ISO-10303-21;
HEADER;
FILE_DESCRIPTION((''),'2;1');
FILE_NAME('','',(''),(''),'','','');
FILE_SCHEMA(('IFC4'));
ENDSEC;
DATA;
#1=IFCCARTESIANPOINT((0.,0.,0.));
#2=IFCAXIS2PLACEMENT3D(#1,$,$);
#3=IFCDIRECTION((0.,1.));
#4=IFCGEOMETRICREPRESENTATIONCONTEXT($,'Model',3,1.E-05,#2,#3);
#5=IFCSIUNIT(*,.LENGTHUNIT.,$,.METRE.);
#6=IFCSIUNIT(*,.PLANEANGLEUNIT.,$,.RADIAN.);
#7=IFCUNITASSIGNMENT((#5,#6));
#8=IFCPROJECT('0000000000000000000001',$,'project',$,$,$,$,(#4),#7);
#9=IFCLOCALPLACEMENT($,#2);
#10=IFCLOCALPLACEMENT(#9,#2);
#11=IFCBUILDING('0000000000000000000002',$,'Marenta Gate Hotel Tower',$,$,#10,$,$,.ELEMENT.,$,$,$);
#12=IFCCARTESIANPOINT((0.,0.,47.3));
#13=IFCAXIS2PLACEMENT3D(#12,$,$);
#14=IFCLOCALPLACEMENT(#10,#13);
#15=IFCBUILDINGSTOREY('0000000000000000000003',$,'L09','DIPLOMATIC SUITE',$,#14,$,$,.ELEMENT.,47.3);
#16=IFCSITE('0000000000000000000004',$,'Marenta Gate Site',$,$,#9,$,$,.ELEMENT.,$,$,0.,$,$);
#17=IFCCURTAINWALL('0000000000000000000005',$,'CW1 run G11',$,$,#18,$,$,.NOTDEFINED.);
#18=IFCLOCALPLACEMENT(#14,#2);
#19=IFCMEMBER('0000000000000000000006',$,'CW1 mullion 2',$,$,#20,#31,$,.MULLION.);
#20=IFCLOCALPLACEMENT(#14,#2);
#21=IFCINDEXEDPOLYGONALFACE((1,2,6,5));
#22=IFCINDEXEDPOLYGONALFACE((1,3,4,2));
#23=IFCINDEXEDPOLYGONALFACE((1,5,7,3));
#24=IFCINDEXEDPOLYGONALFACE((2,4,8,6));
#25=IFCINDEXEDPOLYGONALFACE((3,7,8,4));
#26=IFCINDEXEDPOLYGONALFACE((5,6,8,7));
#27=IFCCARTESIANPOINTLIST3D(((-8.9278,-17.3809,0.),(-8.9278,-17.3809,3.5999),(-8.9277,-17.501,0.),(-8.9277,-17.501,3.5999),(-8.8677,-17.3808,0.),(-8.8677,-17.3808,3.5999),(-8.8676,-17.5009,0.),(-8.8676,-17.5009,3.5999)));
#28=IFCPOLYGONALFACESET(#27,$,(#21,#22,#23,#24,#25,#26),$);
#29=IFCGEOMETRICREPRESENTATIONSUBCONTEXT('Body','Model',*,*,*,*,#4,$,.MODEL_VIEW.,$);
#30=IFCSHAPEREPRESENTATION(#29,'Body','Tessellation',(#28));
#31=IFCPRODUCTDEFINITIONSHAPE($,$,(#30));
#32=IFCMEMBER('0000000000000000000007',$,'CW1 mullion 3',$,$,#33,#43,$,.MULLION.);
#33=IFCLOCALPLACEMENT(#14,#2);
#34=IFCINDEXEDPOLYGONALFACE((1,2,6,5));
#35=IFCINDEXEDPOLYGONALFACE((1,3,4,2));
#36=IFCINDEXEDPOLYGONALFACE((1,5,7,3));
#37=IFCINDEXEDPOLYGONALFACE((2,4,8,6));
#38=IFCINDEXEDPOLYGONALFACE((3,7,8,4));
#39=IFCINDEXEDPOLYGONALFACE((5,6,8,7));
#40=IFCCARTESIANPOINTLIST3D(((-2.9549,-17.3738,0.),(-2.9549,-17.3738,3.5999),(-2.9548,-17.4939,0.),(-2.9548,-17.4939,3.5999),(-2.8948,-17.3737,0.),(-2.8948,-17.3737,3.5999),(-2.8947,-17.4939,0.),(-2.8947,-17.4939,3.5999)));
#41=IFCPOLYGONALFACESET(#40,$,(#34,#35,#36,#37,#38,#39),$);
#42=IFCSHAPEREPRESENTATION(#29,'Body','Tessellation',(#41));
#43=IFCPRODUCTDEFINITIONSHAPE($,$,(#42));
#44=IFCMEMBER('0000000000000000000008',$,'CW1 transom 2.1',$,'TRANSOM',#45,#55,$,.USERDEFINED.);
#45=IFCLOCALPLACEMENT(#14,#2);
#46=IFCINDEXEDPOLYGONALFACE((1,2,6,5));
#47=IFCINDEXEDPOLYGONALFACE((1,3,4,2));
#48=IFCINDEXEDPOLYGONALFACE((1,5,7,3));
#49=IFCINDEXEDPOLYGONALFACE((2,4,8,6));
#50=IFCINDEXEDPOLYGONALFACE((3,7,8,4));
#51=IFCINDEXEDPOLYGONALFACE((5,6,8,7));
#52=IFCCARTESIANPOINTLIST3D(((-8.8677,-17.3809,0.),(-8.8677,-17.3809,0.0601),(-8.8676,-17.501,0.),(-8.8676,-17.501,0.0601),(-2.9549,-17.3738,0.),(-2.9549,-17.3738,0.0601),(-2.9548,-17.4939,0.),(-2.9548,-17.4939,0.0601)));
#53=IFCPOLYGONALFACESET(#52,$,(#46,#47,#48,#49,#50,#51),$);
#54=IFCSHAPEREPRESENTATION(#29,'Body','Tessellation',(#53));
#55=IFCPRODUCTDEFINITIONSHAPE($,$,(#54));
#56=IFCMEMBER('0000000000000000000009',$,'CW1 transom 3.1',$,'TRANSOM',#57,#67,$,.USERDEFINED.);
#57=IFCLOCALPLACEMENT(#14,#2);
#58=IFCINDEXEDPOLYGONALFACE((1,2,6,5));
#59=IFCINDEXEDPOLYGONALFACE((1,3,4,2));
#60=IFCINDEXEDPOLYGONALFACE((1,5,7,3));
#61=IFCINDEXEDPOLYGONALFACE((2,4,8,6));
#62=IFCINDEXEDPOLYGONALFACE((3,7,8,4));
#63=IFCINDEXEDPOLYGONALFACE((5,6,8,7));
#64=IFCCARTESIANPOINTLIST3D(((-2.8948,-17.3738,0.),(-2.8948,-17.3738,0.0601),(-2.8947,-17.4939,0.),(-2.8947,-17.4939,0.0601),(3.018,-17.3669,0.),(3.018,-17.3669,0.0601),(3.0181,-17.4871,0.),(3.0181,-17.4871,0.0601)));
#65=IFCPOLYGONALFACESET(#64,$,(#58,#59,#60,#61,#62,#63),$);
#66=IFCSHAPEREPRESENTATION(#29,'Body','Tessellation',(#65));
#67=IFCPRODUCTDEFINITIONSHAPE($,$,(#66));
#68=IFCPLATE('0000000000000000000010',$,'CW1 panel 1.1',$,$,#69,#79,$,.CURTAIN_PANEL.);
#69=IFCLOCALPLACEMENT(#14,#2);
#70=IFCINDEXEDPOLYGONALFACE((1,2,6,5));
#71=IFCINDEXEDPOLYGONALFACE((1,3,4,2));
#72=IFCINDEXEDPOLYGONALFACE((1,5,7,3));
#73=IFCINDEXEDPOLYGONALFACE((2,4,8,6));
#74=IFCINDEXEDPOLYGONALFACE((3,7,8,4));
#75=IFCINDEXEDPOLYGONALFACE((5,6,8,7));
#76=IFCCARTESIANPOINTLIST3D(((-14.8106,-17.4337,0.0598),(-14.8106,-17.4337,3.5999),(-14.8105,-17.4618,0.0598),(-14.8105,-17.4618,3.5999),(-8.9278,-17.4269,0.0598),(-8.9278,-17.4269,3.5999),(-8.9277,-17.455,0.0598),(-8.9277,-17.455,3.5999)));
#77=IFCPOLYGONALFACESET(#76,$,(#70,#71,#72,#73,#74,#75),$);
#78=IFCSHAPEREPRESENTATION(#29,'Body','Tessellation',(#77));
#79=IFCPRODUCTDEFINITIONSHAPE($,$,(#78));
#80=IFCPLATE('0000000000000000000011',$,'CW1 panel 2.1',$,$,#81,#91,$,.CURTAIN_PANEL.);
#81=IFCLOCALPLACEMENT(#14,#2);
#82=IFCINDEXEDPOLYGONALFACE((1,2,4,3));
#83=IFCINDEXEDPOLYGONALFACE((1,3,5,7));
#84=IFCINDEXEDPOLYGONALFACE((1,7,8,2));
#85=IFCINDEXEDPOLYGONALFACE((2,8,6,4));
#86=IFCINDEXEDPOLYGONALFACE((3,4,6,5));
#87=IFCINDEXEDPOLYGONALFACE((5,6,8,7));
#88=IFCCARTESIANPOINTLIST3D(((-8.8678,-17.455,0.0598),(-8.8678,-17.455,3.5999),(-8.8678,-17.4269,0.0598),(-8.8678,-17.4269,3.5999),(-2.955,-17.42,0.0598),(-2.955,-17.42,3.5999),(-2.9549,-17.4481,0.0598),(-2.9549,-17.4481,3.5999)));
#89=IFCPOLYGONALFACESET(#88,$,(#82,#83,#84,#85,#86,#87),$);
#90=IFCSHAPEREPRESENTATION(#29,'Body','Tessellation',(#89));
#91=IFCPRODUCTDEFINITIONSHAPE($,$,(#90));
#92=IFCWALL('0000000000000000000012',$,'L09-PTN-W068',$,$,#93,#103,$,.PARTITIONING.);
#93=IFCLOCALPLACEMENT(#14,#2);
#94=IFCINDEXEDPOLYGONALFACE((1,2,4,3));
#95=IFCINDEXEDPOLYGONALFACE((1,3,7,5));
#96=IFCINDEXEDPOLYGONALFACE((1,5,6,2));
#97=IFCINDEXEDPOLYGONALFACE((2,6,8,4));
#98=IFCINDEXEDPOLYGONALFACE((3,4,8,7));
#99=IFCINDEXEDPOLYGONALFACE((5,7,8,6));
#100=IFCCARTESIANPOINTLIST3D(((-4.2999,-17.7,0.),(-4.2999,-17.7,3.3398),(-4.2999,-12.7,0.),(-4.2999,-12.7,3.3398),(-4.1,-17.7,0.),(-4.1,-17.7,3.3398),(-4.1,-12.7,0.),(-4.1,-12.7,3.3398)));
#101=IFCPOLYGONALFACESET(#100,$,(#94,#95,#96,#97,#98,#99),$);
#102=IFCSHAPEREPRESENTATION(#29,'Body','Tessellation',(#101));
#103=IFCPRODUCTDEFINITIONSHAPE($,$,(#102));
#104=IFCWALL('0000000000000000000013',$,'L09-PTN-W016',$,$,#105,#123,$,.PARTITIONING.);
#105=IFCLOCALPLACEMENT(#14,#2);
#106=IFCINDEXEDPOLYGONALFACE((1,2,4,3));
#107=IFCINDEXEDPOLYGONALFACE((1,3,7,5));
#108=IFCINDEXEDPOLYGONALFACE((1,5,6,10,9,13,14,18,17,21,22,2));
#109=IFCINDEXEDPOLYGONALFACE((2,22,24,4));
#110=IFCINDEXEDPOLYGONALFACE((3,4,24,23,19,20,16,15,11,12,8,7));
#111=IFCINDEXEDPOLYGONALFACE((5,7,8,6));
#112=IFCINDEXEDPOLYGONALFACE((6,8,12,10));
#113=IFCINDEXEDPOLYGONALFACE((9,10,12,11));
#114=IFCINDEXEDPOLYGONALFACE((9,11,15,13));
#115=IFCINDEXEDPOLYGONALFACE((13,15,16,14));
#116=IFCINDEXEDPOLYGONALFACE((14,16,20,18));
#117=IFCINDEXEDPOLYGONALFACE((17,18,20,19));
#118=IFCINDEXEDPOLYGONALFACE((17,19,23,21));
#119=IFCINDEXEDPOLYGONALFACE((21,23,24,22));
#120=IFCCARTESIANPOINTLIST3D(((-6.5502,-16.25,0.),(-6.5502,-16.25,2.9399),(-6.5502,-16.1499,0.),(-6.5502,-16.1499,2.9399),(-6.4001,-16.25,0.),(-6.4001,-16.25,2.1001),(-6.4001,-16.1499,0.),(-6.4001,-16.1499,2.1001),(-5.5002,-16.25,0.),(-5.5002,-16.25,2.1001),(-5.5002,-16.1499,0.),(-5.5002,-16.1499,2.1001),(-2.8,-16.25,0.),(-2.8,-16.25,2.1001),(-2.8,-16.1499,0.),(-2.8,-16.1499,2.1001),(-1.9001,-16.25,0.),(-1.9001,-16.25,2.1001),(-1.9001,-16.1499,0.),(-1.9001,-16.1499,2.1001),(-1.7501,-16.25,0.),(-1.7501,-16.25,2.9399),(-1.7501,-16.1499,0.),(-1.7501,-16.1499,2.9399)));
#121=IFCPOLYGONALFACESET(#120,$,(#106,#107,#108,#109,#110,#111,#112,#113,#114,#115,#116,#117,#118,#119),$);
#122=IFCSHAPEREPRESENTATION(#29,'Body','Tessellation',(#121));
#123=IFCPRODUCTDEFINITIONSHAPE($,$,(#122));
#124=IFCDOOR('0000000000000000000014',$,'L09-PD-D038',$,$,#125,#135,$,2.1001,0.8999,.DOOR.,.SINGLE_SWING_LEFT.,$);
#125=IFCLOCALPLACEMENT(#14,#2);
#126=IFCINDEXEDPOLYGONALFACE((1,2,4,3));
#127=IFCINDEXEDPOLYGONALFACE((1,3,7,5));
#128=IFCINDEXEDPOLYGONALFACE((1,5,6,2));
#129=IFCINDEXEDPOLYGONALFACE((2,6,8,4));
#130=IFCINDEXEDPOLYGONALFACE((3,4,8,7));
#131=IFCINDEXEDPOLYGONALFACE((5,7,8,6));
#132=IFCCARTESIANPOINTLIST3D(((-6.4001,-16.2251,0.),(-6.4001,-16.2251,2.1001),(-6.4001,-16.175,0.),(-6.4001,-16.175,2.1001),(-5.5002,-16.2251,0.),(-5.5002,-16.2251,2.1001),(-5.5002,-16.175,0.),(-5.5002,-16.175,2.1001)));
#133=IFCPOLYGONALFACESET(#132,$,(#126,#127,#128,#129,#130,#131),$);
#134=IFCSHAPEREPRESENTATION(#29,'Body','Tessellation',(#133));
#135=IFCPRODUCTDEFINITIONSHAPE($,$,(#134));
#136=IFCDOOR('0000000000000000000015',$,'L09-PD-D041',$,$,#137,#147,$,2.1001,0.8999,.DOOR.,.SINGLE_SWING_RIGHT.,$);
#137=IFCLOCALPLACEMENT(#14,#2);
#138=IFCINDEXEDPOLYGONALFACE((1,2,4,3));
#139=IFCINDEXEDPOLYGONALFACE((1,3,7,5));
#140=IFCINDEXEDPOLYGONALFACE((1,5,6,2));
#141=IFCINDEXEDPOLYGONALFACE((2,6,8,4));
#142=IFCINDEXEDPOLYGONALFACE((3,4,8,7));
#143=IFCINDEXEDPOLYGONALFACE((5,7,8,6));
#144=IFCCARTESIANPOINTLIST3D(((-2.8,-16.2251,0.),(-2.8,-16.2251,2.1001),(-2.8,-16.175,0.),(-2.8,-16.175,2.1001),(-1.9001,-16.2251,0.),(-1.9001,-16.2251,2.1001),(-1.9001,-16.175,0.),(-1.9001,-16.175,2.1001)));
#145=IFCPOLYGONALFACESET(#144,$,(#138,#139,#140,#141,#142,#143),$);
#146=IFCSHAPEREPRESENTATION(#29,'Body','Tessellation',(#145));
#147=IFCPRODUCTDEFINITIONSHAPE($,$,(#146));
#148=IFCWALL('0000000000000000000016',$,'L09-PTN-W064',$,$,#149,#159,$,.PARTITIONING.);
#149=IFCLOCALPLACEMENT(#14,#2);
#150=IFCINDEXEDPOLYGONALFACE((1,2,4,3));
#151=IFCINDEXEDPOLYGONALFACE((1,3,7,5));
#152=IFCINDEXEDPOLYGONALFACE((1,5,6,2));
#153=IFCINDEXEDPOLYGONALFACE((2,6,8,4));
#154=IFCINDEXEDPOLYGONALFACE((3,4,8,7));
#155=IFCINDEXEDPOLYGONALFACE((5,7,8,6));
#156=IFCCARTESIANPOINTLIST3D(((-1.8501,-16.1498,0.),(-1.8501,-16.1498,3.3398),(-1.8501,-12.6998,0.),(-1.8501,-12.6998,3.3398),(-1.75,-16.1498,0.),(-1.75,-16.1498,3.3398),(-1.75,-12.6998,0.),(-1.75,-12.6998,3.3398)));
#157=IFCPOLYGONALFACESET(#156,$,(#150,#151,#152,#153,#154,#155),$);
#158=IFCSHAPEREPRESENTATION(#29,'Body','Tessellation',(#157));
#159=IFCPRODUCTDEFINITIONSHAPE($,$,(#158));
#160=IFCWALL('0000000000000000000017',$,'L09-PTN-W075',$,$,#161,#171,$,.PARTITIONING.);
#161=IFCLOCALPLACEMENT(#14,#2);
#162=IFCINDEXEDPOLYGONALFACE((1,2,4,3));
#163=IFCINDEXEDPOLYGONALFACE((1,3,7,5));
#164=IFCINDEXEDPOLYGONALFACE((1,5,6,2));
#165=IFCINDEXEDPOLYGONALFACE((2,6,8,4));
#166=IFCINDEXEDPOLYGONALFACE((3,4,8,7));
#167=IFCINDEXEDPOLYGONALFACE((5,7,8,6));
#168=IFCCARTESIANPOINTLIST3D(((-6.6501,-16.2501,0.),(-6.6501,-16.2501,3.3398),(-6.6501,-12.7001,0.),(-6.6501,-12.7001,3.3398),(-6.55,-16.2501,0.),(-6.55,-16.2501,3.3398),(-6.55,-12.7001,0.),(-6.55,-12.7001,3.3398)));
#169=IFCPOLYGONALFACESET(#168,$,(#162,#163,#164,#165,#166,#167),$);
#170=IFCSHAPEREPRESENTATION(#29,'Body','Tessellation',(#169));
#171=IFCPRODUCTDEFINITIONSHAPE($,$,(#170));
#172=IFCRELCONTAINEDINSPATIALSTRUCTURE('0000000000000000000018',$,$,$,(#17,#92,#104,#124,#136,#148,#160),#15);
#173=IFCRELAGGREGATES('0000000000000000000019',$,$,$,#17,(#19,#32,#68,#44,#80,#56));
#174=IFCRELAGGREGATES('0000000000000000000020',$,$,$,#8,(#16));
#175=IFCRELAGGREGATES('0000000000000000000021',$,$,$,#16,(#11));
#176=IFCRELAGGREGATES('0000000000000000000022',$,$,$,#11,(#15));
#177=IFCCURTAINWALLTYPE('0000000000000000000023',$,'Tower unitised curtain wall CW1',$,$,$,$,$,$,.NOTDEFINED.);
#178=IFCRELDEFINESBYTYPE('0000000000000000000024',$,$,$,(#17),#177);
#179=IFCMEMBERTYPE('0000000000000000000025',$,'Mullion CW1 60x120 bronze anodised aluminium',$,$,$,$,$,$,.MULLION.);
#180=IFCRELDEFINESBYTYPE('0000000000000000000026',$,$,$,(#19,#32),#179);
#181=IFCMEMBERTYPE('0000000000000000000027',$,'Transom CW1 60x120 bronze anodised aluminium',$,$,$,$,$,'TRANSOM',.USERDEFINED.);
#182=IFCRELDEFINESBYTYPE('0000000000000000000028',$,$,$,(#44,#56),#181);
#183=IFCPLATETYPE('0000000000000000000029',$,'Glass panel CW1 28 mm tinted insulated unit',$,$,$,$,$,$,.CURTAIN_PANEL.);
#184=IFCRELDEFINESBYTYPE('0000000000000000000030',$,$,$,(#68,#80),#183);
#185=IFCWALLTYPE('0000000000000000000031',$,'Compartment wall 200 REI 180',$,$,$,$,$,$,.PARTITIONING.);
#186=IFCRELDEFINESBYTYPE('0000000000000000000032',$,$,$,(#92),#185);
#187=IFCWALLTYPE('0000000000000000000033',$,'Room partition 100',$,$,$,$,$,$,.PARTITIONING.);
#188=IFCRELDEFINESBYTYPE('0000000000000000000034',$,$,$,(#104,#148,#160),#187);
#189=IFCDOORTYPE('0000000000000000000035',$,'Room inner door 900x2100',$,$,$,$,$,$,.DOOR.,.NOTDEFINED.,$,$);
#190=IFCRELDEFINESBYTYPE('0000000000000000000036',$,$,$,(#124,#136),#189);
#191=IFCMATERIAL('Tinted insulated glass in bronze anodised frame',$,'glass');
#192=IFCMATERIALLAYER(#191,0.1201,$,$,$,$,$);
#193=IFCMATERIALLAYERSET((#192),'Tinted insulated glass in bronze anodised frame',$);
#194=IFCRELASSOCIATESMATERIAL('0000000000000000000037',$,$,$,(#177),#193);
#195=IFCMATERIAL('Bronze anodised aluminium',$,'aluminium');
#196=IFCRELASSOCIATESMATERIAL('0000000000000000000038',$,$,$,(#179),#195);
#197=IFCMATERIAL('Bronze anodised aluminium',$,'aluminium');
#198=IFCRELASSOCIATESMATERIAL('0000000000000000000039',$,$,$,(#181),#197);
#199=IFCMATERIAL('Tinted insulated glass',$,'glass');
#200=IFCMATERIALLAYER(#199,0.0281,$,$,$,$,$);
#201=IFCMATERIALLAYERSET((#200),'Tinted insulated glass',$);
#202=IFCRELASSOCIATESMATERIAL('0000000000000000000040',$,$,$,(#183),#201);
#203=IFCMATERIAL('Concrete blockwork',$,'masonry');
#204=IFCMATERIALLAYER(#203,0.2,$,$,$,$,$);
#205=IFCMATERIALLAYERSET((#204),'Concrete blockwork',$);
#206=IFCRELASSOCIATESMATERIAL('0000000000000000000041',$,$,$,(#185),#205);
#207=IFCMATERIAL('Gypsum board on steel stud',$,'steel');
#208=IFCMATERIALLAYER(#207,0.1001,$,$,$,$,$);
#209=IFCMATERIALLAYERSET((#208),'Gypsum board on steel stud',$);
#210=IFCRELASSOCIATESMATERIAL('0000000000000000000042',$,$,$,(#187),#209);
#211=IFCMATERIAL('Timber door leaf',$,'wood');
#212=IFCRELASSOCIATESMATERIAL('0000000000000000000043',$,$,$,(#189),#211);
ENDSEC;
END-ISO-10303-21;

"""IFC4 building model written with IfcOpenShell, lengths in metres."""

from ifc_helpers import new_model, si_unit, direction, frame, frame_2d, origin, origin_2d, place, context, subcontext, project, spatial, rectangle, extrude, material, layer, layer_set, material_profile, profile_set, type_object, element, fill, aggregate, save


model = new_model("IFC4")

# Units and contexts
model_context = context("Model", 3, precision=1e-05, world=origin(), true_north=direction((0.0, 1.0)))
body_context = subcontext(model_context, "Body", "Model", "MODEL_VIEW")
ifc_project = project(units=[si_unit("LENGTHUNIT", "METRE"), si_unit("PLANEANGLEUNIT", "RADIAN")], contexts=[model_context])

# Site, building, storey
site_placement = place(None, origin())
site = spatial("IfcSite", under=ifc_project, at=site_placement, Name="Marenta Gate Site", CompositionType="ELEMENT", RefElevation=0.0)
building_placement = place(site_placement, origin())
building = spatial("IfcBuilding", under=site, at=building_placement, Name="Marenta Gate Hotel Tower", CompositionType="ELEMENT")
storey_placement = place(building_placement, frame((0.0, 0.0, 47.3)))
storey = spatial("IfcBuildingStorey", under=building, at=storey_placement, Name="L09", Description="DIPLOMATIC SUITE", CompositionType="ELEMENT", Elevation=47.3)

# Curtain wall, members, plates
ifc_material_1 = material(Name="Tinted insulated glass in bronze anodised frame", Category="glass")
ifc_layer_1 = layer(ifc_material_1, 0.1201)
ifc_layer_set_1 = layer_set([ifc_layer_1], Name="Tinted insulated glass in bronze anodised frame")
curtain_wall_type = type_object("IfcCurtainWallType", Name="Tower unitised curtain wall CW1", PredefinedType="NOTDEFINED", material=ifc_layer_set_1)
curtain_wall_placement = place(storey_placement, origin())
curtain_wall = element("IfcCurtainWall", 1, at=curtain_wall_placement, inside=storey, type_object=curtain_wall_type, Name="CW1 run G11", PredefinedType="NOTDEFINED")
ifc_material_2 = material(Name="Bronze anodised aluminium", Category="aluminium")
ifc_material_profile_1 = material_profile(ifc_material_2, rectangle(XDim=0.1201, YDim=0.0601, at=origin_2d()), Name="Mullion CW1 60x120 bronze anodised aluminium")
ifc_profile_set_1 = profile_set([ifc_material_profile_1], Name="Bronze anodised aluminium")
member_type_1 = type_object("IfcMemberType", Name="Mullion CW1 60x120 bronze anodised aluminium", PredefinedType="MULLION", material=ifc_profile_set_1)
member_1_placement = place(storey_placement, frame((-8.8977, -17.4409, 0.0), z_axis=(0.0, 0.0, 1.0), x_axis=(-0.001162, 0.999999, 0.0)))
member_1 = element("IfcMember", 2, at=member_1_placement, type_object=member_type_1, Name="CW1 mullion 2", PredefinedType="MULLION", context=body_context, shape_type="SweptSolid", body=[
    extrude(rectangle(XDim=0.1201, YDim=0.0601, at=origin_2d()), origin(), (0.0, 0.0, 1.0), 3.5999),
])
member_2_placement = place(storey_placement, frame((-2.9248, -17.4338, 0.0), z_axis=(0.0, 0.0, 1.0), x_axis=(-0.001162, 0.999999, 0.0)))
member_2 = element("IfcMember", 3, at=member_2_placement, type_object=member_type_1, Name="CW1 mullion 3", PredefinedType="MULLION", context=body_context, shape_type="SweptSolid", body=[
    extrude(rectangle(XDim=0.1201, YDim=0.0601, at=origin_2d()), origin(), (0.0, 0.0, 1.0), 3.5999),
])
ifc_material_3 = material(Name="Bronze anodised aluminium", Category="aluminium")
ifc_material_profile_2 = material_profile(ifc_material_3, rectangle(XDim=0.1201, YDim=0.0601, at=origin_2d()), Name="Transom CW1 60x120 bronze anodised aluminium")
ifc_profile_set_2 = profile_set([ifc_material_profile_2], Name="Bronze anodised aluminium")
member_type_2 = type_object("IfcMemberType", Name="Transom CW1 60x120 bronze anodised aluminium", ElementType="TRANSOM", PredefinedType="USERDEFINED", material=ifc_profile_set_2)
member_3_placement = place(storey_placement, frame((-8.8677, -17.4409, 0.03), z_axis=(0.999999, 0.001197, 0.0), x_axis=(-0.001197, 0.999999, 0.0)))
member_3 = element("IfcMember", 4, at=member_3_placement, type_object=member_type_2, Name="CW1 transom 2.1", ObjectType="TRANSOM", PredefinedType="USERDEFINED", context=body_context, shape_type="SweptSolid", body=[
    extrude(rectangle(XDim=0.1201, YDim=0.0601, at=origin_2d()), origin(), (0.0, 0.0, 1.0), 5.9128),
])
member_4_placement = place(storey_placement, frame((-2.8948, -17.4338, 0.03), z_axis=(0.999999, 0.001156, 0.0), x_axis=(-0.001156, 0.999999, 0.0)))
member_4 = element("IfcMember", 5, at=member_4_placement, type_object=member_type_2, Name="CW1 transom 3.1", ObjectType="TRANSOM", PredefinedType="USERDEFINED", context=body_context, shape_type="SweptSolid", body=[
    extrude(rectangle(XDim=0.1201, YDim=0.0601, at=origin_2d()), origin(), (0.0, 0.0, 1.0), 5.9128),
])
ifc_material_4 = material(Name="Tinted insulated glass", Category="glass")
ifc_layer_2 = layer(ifc_material_4, 0.0281)
ifc_layer_set_2 = layer_set([ifc_layer_2], Name="Tinted insulated glass")
plate_type = type_object("IfcPlateType", Name="Glass panel CW1 28 mm tinted insulated unit", PredefinedType="CURTAIN_PANEL", material=ifc_layer_set_2)
plate_1_placement = place(storey_placement, frame((-11.8691, -17.4443, 0.0598), z_axis=(0.0, 0.0, 1.0), x_axis=(0.999999, 0.001162, 0.0)))
plate_1 = element("IfcPlate", 6, at=plate_1_placement, type_object=plate_type, Name="CW1 panel 1.1", PredefinedType="CURTAIN_PANEL", context=body_context, shape_type="SweptSolid", body=[
    extrude(rectangle(XDim=5.8828, YDim=0.0281, at=origin_2d()), origin(), (0.0, 0.0, 1.0), 3.54),
])
plate_2_placement = place(storey_placement, frame((-5.9114, -17.4375, 0.0598), z_axis=(0.0, 0.0, 1.0), x_axis=(0.999999, 0.001162, 0.0)))
plate_2 = element("IfcPlate", 7, at=plate_2_placement, type_object=plate_type, Name="CW1 panel 2.1", PredefinedType="CURTAIN_PANEL", context=body_context, shape_type="SweptSolid", body=[
    extrude(rectangle(XDim=5.9128, YDim=0.0281, at=origin_2d()), origin(), (0.0, 0.0, 1.0), 3.54),
])
aggregate(curtain_wall, [member_1, member_2, plate_1, member_3, plate_2, member_4])

# Wall
ifc_material_5 = material(Name="Concrete blockwork", Category="masonry")
ifc_layer_3 = layer(ifc_material_5, 0.2)
ifc_layer_set_3 = layer_set([ifc_layer_3], Name="Concrete blockwork")
wall_type_1 = type_object("IfcWallType", Name="Compartment wall 200 REI 180", PredefinedType="PARTITIONING", material=ifc_layer_set_3)
wall_1_placement = place(storey_placement, frame((-4.2, -17.7, 0.0), z_axis=(0.0, 0.0, 1.0), x_axis=(0.0, 1.0, 0.0)))
element("IfcWall", 8, at=wall_1_placement, inside=storey, type_object=wall_type_1, Name="L09-PTN-W068", PredefinedType="PARTITIONING", context=body_context, shape_type="SweptSolid", body=[
    extrude(rectangle(XDim=5.0, YDim=0.2, at=frame_2d((2.5, 0.0))), origin(), (0.0, 0.0, 1.0), 3.3398),
])

# Wall, openings, doors
ifc_material_6 = material(Name="Gypsum board on steel stud", Category="steel")
ifc_layer_4 = layer(ifc_material_6, 0.1001)
ifc_layer_set_4 = layer_set([ifc_layer_4], Name="Gypsum board on steel stud")
wall_type_2 = type_object("IfcWallType", Name="Room partition 100", PredefinedType="PARTITIONING", material=ifc_layer_set_4)
wall_2_placement = place(storey_placement, frame((-6.55, -16.2, 0.0), z_axis=(0.0, 0.0, 1.0), x_axis=(1.0, 0.0, 0.0)))
wall_2 = element("IfcWall", 9, at=wall_2_placement, inside=storey, type_object=wall_type_2, Name="L09-PTN-W016", PredefinedType="PARTITIONING", context=body_context, shape_type="SweptSolid", body=[
    extrude(rectangle(XDim=4.8, YDim=0.1001, at=frame_2d((2.3999, 0.0))), origin(), (0.0, 0.0, 1.0), 2.9399),
])
opening_1_placement = place(wall_2_placement, frame((0.1499, 0.0, 0.0)))
opening_1 = element("IfcOpeningElement", 10, at=opening_1_placement, cuts=wall_2, PredefinedType="OPENING", context=body_context, shape_type="SweptSolid", body=[
    extrude(rectangle(XDim=0.8999, YDim=2.1001, at=frame_2d((0.45, 1.05))), frame((0.0, 0.05, 0.0), z_axis=(0.0, -1.0, 0.0), x_axis=(1.0, 0.0, 0.0)), (0.0, 0.0, 1.0), 0.1001),
])
opening_2_placement = place(wall_2_placement, frame((3.75, 0.0, 0.0)))
opening_2 = element("IfcOpeningElement", 11, at=opening_2_placement, cuts=wall_2, PredefinedType="OPENING", context=body_context, shape_type="SweptSolid", body=[
    extrude(rectangle(XDim=0.8999, YDim=2.1001, at=frame_2d((0.45, 1.05))), frame((0.0, 0.05, 0.0), z_axis=(0.0, -1.0, 0.0), x_axis=(1.0, 0.0, 0.0)), (0.0, 0.0, 1.0), 0.1001),
])
ifc_material_7 = material(Name="Timber door leaf", Category="wood")
door_type_1 = type_object("IfcDoorType", Name="Room inner door 900x2100", OperationType="NOTDEFINED", PredefinedType="DOOR", material=ifc_material_7)
door_1_placement = place(opening_1_placement, origin())
door_1 = element("IfcDoor", 12, at=door_1_placement, inside=storey, type_object=door_type_1, Name="L09-PD-D038", OperationType="SINGLE_SWING_LEFT", OverallHeight=2.1001, OverallWidth=0.8999, PredefinedType="DOOR", context=body_context, shape_type="SweptSolid", body=[
    extrude(rectangle(XDim=0.8999, YDim=2.1001, at=frame_2d((0.45, 1.05))), frame((0.0, 0.0249, 0.0), z_axis=(0.0, -1.0, 0.0), x_axis=(1.0, 0.0, 0.0)), (0.0, 0.0, 1.0), 0.05),
])
fill(opening_1, door_1)
door_2_placement = place(opening_2_placement, origin())
door_2 = element("IfcDoor", 13, at=door_2_placement, inside=storey, type_object=door_type_1, Name="L09-PD-D041", OperationType="SINGLE_SWING_RIGHT", OverallHeight=2.1001, OverallWidth=0.8999, PredefinedType="DOOR", context=body_context, shape_type="SweptSolid", body=[
    extrude(rectangle(XDim=0.8999, YDim=2.1001, at=frame_2d((0.45, 1.05))), frame((0.0, 0.0249, 0.0), z_axis=(0.0, -1.0, 0.0), x_axis=(1.0, 0.0, 0.0)), (0.0, 0.0, 1.0), 0.05),
])
fill(opening_2, door_2)

# Walls
wall_3_placement = place(storey_placement, frame((-1.8, -16.1499, 0.0), z_axis=(0.0, 0.0, 1.0), x_axis=(0.0, 1.0, 0.0)))
element("IfcWall", 14, at=wall_3_placement, inside=storey, type_object=wall_type_2, Name="L09-PTN-W064", PredefinedType="PARTITIONING", context=body_context, shape_type="SweptSolid", body=[
    extrude(rectangle(XDim=3.45, YDim=0.1001, at=frame_2d((1.7251, 0.0))), origin(), (0.0, 0.0, 1.0), 3.3398),
])
wall_4_placement = place(storey_placement, frame((-6.6001, -16.25, 0.0), z_axis=(0.0, 0.0, 1.0), x_axis=(0.0, 1.0, 0.0)))
element("IfcWall", 15, at=wall_4_placement, inside=storey, type_object=wall_type_2, Name="L09-PTN-W075", PredefinedType="PARTITIONING", context=body_context, shape_type="SweptSolid", body=[
    extrude(rectangle(XDim=3.55, YDim=0.1001, at=frame_2d((1.7749, 0.0))), origin(), (0.0, 0.0, 1.0), 3.3398),
])

save(model, "model.ifc")
